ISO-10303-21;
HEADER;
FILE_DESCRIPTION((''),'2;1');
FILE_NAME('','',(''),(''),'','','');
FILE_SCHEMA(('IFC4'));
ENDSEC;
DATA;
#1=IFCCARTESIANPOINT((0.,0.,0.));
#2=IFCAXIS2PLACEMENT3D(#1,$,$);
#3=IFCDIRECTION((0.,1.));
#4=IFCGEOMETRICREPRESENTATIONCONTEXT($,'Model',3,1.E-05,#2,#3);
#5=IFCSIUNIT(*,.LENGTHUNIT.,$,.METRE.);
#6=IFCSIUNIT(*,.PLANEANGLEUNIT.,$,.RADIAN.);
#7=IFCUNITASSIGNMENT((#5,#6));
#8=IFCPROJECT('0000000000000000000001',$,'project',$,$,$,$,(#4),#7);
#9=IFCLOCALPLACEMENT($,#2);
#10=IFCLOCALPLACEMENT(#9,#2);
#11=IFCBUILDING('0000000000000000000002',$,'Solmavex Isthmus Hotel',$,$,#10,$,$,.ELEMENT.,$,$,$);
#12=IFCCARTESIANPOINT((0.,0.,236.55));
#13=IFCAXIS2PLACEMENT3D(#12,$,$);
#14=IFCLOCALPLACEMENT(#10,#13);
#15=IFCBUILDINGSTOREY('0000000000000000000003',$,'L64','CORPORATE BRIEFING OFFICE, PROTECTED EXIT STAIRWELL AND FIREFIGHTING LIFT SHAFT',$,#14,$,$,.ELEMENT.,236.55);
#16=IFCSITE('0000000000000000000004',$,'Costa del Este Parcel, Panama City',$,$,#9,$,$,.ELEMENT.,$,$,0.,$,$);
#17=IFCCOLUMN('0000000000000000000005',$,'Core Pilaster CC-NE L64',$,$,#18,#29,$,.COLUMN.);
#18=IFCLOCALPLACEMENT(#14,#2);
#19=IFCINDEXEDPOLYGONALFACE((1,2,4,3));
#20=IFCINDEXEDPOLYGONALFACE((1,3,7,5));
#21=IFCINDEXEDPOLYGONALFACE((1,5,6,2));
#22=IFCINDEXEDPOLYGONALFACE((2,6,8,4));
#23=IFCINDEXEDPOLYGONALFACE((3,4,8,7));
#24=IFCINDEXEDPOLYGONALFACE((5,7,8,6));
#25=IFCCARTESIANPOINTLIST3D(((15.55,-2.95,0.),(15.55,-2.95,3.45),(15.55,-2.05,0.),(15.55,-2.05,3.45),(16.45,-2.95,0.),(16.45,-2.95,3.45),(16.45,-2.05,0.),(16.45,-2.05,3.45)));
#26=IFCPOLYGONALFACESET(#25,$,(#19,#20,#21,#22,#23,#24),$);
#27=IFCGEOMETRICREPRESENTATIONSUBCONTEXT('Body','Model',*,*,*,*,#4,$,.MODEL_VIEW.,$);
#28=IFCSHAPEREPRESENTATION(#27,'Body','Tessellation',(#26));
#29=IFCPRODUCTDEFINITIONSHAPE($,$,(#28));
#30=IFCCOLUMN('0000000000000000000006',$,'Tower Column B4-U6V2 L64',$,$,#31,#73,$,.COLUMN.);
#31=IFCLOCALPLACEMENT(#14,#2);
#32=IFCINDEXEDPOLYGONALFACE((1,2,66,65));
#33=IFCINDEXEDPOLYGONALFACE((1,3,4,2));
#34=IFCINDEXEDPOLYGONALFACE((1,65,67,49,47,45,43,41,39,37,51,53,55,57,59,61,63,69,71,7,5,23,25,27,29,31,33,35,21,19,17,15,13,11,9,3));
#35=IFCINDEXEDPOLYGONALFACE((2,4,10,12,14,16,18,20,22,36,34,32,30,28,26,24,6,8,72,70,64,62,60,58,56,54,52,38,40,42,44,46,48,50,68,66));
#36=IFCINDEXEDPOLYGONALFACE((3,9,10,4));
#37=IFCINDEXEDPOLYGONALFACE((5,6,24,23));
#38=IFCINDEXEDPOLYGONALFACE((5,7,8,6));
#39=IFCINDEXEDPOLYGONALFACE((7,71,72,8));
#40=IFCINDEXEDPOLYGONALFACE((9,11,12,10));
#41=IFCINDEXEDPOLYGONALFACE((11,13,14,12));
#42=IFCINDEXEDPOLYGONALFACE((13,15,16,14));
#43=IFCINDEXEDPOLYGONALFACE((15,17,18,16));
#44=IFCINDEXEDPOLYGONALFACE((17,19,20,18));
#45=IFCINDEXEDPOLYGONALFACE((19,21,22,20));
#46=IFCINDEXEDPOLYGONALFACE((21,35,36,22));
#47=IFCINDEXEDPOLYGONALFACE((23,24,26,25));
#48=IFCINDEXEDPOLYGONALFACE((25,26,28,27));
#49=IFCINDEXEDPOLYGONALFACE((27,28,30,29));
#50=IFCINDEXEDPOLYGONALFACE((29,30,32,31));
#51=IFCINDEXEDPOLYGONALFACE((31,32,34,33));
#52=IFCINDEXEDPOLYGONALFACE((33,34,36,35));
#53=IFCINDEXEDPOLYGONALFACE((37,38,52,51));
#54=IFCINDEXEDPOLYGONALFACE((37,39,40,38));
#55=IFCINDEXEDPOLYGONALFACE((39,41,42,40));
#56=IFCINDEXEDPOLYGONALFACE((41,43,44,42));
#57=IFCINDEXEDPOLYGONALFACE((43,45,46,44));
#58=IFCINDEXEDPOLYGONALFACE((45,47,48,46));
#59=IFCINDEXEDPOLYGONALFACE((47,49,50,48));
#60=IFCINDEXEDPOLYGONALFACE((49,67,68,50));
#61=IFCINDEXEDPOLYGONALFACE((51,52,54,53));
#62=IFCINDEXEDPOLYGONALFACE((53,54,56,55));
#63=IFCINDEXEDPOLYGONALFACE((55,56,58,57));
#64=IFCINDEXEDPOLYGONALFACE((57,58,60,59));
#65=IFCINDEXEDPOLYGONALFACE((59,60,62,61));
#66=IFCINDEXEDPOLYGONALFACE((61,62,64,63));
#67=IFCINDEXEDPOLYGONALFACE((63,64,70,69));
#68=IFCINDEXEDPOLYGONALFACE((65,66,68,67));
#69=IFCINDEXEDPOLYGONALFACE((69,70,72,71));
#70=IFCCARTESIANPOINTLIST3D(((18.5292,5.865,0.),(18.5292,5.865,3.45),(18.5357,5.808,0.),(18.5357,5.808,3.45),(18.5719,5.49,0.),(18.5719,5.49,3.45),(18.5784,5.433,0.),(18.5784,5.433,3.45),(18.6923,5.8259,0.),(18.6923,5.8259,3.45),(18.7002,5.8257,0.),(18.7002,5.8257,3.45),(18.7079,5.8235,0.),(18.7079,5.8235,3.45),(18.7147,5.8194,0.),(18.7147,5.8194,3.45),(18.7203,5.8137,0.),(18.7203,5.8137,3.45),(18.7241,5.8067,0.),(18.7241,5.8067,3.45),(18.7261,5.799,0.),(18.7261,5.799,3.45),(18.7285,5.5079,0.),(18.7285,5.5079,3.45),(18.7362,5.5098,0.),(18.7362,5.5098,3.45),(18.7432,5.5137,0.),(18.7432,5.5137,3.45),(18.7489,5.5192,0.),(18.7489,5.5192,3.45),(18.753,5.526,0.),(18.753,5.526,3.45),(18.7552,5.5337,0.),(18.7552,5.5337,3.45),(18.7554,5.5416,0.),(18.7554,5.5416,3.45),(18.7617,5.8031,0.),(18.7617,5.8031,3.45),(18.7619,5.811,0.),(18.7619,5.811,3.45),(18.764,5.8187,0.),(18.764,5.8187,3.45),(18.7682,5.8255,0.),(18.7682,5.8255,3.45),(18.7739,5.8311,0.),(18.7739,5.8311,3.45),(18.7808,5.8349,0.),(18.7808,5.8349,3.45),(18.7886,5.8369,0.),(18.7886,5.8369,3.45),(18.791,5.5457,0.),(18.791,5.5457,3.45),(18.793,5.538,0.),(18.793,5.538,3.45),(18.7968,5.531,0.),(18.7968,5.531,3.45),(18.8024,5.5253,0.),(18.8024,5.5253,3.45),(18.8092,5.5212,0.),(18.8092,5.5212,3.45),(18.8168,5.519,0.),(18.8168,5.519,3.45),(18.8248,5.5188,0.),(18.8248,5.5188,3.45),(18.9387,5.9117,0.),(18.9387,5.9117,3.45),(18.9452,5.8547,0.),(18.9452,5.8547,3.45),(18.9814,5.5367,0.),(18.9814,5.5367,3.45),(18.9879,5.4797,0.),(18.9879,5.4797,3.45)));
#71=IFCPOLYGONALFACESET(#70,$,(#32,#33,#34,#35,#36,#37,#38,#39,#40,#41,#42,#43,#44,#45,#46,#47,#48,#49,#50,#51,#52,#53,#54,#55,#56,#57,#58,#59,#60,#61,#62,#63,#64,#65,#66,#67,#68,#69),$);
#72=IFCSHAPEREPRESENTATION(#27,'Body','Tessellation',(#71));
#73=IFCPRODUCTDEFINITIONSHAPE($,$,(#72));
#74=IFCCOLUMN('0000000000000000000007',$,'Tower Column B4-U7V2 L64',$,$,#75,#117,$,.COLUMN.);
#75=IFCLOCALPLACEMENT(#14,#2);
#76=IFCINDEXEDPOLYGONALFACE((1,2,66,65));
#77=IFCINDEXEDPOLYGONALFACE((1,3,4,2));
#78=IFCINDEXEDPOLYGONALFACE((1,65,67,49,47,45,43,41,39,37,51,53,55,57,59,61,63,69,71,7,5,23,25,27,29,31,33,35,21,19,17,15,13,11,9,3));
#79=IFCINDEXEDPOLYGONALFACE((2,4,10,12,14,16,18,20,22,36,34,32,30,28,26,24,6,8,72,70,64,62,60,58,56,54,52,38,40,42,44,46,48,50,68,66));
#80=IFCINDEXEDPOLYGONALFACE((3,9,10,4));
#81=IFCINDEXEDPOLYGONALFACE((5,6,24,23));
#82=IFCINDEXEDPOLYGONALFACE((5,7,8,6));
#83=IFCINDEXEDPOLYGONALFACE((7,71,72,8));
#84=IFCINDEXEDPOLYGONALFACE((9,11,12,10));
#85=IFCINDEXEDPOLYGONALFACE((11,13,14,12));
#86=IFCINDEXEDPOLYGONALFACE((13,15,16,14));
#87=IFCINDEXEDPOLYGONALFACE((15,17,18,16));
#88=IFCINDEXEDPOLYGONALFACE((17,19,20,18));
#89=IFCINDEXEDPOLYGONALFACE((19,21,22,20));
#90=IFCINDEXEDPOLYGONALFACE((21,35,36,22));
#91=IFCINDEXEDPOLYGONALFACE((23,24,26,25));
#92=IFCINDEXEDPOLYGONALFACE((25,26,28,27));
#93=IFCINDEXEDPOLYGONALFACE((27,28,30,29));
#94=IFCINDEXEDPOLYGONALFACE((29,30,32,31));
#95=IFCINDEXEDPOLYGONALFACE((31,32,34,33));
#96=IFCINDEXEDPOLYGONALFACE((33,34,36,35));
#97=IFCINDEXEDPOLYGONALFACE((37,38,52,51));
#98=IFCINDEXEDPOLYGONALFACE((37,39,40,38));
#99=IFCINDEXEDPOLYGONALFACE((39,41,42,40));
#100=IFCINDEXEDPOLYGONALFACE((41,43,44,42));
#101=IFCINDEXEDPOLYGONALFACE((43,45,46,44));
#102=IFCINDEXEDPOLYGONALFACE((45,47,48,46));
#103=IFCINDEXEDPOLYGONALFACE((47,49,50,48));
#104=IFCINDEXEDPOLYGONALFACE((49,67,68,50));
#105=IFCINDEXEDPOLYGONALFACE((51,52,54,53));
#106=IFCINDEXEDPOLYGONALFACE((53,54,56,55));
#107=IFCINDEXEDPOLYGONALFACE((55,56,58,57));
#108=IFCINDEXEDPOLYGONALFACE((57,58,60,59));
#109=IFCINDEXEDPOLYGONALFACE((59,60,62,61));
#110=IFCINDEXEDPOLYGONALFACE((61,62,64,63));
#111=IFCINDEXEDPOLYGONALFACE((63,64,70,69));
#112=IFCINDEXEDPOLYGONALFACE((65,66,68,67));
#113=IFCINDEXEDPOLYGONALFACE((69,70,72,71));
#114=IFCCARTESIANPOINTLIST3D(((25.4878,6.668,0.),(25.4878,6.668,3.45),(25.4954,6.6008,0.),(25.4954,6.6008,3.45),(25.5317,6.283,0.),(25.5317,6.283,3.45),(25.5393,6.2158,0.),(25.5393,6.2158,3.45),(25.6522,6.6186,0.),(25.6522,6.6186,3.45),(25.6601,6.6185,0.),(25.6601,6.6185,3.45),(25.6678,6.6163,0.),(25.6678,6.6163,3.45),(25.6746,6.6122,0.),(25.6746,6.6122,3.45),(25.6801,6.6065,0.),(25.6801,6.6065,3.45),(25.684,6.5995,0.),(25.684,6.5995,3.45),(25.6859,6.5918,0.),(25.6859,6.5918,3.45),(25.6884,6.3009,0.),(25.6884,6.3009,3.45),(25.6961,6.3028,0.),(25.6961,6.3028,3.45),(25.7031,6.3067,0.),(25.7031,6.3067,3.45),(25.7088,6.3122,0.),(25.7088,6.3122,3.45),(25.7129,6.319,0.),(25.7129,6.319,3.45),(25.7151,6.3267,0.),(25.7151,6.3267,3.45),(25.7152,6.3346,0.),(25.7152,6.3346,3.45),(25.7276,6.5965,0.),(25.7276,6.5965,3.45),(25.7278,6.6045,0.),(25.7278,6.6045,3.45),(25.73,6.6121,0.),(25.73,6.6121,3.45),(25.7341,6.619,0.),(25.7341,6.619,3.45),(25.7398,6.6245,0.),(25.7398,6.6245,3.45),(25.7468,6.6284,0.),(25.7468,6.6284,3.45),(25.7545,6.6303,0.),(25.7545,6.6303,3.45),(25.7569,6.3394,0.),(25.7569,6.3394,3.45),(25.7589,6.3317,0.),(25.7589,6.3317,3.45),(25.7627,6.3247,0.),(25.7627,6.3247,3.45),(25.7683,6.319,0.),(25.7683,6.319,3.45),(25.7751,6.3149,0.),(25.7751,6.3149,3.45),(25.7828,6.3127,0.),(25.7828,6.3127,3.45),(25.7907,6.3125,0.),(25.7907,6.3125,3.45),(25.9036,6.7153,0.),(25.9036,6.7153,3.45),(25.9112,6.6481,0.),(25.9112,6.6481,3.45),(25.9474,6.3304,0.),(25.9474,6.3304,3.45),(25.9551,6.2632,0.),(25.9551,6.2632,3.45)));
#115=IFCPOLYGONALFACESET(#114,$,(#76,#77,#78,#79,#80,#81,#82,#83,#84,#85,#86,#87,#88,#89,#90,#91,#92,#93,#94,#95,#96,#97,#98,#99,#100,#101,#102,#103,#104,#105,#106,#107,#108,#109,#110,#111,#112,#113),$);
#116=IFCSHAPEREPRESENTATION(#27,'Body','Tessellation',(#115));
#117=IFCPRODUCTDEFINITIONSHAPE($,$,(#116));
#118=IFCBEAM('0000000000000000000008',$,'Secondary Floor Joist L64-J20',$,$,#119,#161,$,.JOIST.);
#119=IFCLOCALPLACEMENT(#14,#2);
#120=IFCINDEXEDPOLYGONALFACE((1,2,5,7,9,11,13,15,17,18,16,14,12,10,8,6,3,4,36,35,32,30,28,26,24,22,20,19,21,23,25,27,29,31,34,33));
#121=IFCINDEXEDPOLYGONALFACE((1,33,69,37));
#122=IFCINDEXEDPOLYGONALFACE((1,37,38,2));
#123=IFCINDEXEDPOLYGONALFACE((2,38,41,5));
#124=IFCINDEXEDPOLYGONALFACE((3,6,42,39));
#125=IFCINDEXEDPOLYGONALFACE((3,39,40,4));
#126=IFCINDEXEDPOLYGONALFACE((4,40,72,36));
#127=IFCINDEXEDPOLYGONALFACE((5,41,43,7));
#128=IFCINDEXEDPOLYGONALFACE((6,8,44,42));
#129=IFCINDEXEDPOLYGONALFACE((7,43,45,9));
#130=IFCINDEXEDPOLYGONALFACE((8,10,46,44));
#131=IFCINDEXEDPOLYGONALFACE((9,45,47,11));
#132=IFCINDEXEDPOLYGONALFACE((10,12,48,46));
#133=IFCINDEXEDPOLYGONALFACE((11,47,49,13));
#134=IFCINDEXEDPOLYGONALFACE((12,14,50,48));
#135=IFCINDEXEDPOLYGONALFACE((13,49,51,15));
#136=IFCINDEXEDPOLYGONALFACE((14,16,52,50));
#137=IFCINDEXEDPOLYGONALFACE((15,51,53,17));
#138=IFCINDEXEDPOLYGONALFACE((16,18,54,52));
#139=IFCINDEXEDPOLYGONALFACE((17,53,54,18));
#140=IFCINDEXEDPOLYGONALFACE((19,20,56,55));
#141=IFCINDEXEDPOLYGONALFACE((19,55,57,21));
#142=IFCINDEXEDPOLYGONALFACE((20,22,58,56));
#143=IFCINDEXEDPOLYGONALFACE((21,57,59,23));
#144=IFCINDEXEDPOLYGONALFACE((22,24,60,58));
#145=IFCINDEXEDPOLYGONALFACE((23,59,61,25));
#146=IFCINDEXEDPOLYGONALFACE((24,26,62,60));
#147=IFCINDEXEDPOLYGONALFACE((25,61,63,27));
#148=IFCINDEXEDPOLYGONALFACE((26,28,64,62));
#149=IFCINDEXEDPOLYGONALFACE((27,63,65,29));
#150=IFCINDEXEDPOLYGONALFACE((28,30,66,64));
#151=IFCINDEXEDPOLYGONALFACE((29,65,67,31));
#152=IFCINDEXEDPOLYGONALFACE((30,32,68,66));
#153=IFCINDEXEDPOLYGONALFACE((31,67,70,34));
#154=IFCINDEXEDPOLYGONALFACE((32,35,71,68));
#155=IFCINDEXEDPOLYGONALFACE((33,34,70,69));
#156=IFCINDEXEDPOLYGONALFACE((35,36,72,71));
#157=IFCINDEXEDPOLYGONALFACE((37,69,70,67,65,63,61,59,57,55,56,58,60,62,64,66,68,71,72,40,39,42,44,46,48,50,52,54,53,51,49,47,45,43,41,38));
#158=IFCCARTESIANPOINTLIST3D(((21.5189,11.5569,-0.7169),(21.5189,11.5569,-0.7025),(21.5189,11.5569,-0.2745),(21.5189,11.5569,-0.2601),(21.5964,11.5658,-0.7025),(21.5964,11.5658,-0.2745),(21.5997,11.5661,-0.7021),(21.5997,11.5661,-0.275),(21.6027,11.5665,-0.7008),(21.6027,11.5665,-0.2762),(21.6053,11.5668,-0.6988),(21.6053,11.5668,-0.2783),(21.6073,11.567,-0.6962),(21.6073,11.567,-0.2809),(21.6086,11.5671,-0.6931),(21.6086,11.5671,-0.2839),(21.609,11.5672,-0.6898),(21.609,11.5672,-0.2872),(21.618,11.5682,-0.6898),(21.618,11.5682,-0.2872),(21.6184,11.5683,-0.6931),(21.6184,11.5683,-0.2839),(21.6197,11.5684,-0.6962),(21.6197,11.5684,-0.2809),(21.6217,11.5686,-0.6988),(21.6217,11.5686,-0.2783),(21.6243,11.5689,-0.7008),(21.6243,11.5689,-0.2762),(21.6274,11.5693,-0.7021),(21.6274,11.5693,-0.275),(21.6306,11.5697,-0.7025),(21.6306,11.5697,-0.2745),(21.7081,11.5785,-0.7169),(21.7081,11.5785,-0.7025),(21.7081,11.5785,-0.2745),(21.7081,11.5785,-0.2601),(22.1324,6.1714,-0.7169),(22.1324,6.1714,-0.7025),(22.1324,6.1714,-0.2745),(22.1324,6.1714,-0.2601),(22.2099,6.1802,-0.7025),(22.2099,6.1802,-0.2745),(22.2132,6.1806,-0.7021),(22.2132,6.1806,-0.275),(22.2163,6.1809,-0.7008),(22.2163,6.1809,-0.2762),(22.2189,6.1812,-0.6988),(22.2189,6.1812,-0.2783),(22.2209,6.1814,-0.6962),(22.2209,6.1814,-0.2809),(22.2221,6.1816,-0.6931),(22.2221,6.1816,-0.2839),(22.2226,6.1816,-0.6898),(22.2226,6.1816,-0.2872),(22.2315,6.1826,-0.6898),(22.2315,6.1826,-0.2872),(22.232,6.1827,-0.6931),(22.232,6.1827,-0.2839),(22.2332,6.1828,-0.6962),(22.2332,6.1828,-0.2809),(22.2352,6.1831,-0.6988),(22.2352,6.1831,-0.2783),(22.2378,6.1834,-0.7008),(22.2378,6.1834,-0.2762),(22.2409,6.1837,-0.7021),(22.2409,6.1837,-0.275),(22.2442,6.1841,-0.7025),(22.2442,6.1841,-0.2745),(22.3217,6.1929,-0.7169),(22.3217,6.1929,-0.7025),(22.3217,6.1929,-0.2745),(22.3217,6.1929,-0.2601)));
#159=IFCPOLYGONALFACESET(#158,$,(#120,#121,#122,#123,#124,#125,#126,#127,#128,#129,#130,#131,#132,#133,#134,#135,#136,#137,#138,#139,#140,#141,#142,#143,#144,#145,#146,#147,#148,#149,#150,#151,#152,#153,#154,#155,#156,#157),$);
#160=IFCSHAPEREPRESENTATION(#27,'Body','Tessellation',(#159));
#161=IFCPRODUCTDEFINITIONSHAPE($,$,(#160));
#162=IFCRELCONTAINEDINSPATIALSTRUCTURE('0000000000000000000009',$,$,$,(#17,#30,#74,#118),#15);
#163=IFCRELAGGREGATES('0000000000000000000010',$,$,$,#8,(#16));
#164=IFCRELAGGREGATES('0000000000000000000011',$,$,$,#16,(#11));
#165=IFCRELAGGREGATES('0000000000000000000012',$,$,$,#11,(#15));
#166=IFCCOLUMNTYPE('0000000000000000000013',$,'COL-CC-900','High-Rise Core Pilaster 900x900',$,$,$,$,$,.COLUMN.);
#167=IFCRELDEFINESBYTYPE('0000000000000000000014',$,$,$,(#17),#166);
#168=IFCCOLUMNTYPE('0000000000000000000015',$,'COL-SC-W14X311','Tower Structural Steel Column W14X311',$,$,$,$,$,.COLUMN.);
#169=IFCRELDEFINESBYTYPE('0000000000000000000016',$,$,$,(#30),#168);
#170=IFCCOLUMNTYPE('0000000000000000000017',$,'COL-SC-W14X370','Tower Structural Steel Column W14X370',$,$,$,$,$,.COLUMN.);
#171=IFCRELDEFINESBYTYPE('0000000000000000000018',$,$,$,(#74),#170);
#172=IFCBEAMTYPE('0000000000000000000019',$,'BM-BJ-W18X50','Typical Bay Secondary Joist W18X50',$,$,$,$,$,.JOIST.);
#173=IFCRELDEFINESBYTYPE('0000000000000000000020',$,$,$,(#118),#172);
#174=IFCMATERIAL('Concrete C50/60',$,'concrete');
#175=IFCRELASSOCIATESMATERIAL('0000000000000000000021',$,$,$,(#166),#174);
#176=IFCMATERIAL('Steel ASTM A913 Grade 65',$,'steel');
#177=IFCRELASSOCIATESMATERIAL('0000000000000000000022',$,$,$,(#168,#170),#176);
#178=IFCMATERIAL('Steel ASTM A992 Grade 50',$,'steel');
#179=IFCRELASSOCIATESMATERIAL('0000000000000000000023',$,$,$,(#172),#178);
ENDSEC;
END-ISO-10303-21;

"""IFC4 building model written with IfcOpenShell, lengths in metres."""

from ifc_helpers import new_model, si_unit, direction, frame, origin, origin_2d, place, context, subcontext, project, spatial, rectangle, i_section, extrude, material, material_profile, profile_set, type_object, element, save


model = new_model("IFC4")

# Units and contexts
model_context = context("Model", 3, precision=1e-05, world=origin(), true_north=direction((0.0, 1.0)))
body_context = subcontext(model_context, "Body", "Model", "MODEL_VIEW")
ifc_project = project(units=[si_unit("LENGTHUNIT", "METRE"), si_unit("PLANEANGLEUNIT", "RADIAN")], contexts=[model_context])

# Site, building, storey
site_placement = place(None, origin())
site = spatial("IfcSite", under=ifc_project, at=site_placement, Name="Costa del Este Parcel, Panama City", CompositionType="ELEMENT", RefElevation=0.0)
building_placement = place(site_placement, origin())
building = spatial("IfcBuilding", under=site, at=building_placement, Name="Solmavex Isthmus Hotel", CompositionType="ELEMENT")
storey_placement = place(building_placement, frame((0.0, 0.0, 236.55)))
storey = spatial("IfcBuildingStorey", under=building, at=storey_placement, Name="L64", Description="CORPORATE BRIEFING OFFICE, PROTECTED EXIT STAIRWELL AND FIREFIGHTING LIFT SHAFT", CompositionType="ELEMENT", Elevation=236.55)

# Columns
ifc_material_1 = material(Name="Concrete C50/60", Category="concrete")
ifc_material_profile_1 = material_profile(ifc_material_1, rectangle(XDim=0.8999, YDim=0.8999, at=origin_2d()), Name="RC900X900")
ifc_profile_set_1 = profile_set([ifc_material_profile_1], Name="Concrete C50/60")
column_type_1 = type_object("IfcColumnType", Name="COL-CC-900", Description="High-Rise Core Pilaster 900x900", PredefinedType="COLUMN", material=ifc_profile_set_1)
column_1_placement = place(storey_placement, frame((16.0, -2.5, 0.0), z_axis=(0.0, 0.0, 1.0), x_axis=(1.0, 0.0, 0.0)))
element("IfcColumn", 1, at=column_1_placement, inside=storey, type_object=column_type_1, Name="Core Pilaster CC-NE L64", PredefinedType="COLUMN", context=body_context, shape_type="SweptSolid", body=[
    extrude(rectangle(XDim=0.8999, YDim=0.8999, at=origin_2d()), origin(), (0.0, 0.0, 1.0), 3.45),
])
ifc_material_2 = material(Name="Steel ASTM A913 Grade 65", Category="steel")
ifc_material_profile_2 = material_profile(ifc_material_2, i_section(OverallWidth=0.4121, OverallDepth=0.4348, WebThickness=0.0359, FlangeThickness=0.0574, FilletRadius=0.0305, at=origin_2d()), Name="W14X311")
ifc_profile_set_2 = profile_set([ifc_material_profile_2], Name="Steel ASTM A913 Grade 65")
column_type_2 = type_object("IfcColumnType", Name="COL-SC-W14X311", Description="Tower Structural Steel Column W14X311", PredefinedType="COLUMN", material=ifc_profile_set_2)
column_2_placement = place(storey_placement, frame((18.7585, 5.6724, 0.0), z_axis=(0.0, 0.0, 1.0), x_axis=(0.993572, 0.113203, 0.0)))
element("IfcColumn", 2, at=column_2_placement, inside=storey, type_object=column_type_2, Name="Tower Column B4-U6V2 L64", PredefinedType="COLUMN", context=body_context, shape_type="SweptSolid", body=[
    extrude(i_section(OverallWidth=0.4121, OverallDepth=0.4348, WebThickness=0.0359, FlangeThickness=0.0574, FilletRadius=0.0305, at=origin_2d()), origin(), (0.0, 0.0, 1.0), 3.45),
])
ifc_material_profile_3 = material_profile(ifc_material_2, i_section(OverallWidth=0.4185, OverallDepth=0.4551, WebThickness=0.042, FlangeThickness=0.0676, FilletRadius=0.0305, at=origin_2d()), Name="W14X370")
ifc_profile_set_3 = profile_set([ifc_material_profile_3], Name="Steel ASTM A913 Grade 65")
column_type_3 = type_object("IfcColumnType", Name="COL-SC-W14X370", Description="Tower Structural Steel Column W14X370", PredefinedType="COLUMN", material=ifc_profile_set_3)
column_3_placement = place(storey_placement, frame((25.7214, 6.4656, 0.0), z_axis=(0.0, 0.0, 1.0), x_axis=(0.993572, 0.113203, 0.0)))
element("IfcColumn", 3, at=column_3_placement, inside=storey, type_object=column_type_3, Name="Tower Column B4-U7V2 L64", PredefinedType="COLUMN", context=body_context, shape_type="SweptSolid", body=[
    extrude(i_section(OverallWidth=0.4185, OverallDepth=0.4551, WebThickness=0.042, FlangeThickness=0.0676, FilletRadius=0.0305, at=origin_2d()), origin(), (0.0, 0.0, 1.0), 3.45),
])

# Beam
ifc_material_3 = material(Name="Steel ASTM A992 Grade 50", Category="steel")
ifc_material_profile_4 = material_profile(ifc_material_3, i_section(OverallWidth=0.1904, OverallDepth=0.4568, WebThickness=0.009, FlangeThickness=0.0144, FilletRadius=0.0127, at=origin_2d()), Name="W18X50")
ifc_profile_set_4 = profile_set([ifc_material_profile_4], Name="Steel ASTM A992 Grade 50")
beam_type_1 = type_object("IfcBeamType", Name="BM-BJ-W18X50", Description="Typical Bay Secondary Joist W18X50", PredefinedType="JOIST", material=ifc_profile_set_4)
beam_1_placement = place(storey_placement, frame((22.2271, 6.1821, -0.4885), z_axis=(-0.11319, 0.993573, 0.0), x_axis=(-0.993573, -0.11319, 0.0)))
element("IfcBeam", 4, at=beam_1_placement, inside=storey, type_object=beam_type_1, Name="Secondary Floor Joist L64-J20", PredefinedType="JOIST", context=body_context, shape_type="SweptSolid", body=[
    extrude(i_section(OverallWidth=0.1904, OverallDepth=0.4568, WebThickness=0.009, FlangeThickness=0.0144, FilletRadius=0.0127, at=origin_2d()), origin(), (0.0, 0.0, 1.0), 5.4204),
])

save(model, "model.ifc")
